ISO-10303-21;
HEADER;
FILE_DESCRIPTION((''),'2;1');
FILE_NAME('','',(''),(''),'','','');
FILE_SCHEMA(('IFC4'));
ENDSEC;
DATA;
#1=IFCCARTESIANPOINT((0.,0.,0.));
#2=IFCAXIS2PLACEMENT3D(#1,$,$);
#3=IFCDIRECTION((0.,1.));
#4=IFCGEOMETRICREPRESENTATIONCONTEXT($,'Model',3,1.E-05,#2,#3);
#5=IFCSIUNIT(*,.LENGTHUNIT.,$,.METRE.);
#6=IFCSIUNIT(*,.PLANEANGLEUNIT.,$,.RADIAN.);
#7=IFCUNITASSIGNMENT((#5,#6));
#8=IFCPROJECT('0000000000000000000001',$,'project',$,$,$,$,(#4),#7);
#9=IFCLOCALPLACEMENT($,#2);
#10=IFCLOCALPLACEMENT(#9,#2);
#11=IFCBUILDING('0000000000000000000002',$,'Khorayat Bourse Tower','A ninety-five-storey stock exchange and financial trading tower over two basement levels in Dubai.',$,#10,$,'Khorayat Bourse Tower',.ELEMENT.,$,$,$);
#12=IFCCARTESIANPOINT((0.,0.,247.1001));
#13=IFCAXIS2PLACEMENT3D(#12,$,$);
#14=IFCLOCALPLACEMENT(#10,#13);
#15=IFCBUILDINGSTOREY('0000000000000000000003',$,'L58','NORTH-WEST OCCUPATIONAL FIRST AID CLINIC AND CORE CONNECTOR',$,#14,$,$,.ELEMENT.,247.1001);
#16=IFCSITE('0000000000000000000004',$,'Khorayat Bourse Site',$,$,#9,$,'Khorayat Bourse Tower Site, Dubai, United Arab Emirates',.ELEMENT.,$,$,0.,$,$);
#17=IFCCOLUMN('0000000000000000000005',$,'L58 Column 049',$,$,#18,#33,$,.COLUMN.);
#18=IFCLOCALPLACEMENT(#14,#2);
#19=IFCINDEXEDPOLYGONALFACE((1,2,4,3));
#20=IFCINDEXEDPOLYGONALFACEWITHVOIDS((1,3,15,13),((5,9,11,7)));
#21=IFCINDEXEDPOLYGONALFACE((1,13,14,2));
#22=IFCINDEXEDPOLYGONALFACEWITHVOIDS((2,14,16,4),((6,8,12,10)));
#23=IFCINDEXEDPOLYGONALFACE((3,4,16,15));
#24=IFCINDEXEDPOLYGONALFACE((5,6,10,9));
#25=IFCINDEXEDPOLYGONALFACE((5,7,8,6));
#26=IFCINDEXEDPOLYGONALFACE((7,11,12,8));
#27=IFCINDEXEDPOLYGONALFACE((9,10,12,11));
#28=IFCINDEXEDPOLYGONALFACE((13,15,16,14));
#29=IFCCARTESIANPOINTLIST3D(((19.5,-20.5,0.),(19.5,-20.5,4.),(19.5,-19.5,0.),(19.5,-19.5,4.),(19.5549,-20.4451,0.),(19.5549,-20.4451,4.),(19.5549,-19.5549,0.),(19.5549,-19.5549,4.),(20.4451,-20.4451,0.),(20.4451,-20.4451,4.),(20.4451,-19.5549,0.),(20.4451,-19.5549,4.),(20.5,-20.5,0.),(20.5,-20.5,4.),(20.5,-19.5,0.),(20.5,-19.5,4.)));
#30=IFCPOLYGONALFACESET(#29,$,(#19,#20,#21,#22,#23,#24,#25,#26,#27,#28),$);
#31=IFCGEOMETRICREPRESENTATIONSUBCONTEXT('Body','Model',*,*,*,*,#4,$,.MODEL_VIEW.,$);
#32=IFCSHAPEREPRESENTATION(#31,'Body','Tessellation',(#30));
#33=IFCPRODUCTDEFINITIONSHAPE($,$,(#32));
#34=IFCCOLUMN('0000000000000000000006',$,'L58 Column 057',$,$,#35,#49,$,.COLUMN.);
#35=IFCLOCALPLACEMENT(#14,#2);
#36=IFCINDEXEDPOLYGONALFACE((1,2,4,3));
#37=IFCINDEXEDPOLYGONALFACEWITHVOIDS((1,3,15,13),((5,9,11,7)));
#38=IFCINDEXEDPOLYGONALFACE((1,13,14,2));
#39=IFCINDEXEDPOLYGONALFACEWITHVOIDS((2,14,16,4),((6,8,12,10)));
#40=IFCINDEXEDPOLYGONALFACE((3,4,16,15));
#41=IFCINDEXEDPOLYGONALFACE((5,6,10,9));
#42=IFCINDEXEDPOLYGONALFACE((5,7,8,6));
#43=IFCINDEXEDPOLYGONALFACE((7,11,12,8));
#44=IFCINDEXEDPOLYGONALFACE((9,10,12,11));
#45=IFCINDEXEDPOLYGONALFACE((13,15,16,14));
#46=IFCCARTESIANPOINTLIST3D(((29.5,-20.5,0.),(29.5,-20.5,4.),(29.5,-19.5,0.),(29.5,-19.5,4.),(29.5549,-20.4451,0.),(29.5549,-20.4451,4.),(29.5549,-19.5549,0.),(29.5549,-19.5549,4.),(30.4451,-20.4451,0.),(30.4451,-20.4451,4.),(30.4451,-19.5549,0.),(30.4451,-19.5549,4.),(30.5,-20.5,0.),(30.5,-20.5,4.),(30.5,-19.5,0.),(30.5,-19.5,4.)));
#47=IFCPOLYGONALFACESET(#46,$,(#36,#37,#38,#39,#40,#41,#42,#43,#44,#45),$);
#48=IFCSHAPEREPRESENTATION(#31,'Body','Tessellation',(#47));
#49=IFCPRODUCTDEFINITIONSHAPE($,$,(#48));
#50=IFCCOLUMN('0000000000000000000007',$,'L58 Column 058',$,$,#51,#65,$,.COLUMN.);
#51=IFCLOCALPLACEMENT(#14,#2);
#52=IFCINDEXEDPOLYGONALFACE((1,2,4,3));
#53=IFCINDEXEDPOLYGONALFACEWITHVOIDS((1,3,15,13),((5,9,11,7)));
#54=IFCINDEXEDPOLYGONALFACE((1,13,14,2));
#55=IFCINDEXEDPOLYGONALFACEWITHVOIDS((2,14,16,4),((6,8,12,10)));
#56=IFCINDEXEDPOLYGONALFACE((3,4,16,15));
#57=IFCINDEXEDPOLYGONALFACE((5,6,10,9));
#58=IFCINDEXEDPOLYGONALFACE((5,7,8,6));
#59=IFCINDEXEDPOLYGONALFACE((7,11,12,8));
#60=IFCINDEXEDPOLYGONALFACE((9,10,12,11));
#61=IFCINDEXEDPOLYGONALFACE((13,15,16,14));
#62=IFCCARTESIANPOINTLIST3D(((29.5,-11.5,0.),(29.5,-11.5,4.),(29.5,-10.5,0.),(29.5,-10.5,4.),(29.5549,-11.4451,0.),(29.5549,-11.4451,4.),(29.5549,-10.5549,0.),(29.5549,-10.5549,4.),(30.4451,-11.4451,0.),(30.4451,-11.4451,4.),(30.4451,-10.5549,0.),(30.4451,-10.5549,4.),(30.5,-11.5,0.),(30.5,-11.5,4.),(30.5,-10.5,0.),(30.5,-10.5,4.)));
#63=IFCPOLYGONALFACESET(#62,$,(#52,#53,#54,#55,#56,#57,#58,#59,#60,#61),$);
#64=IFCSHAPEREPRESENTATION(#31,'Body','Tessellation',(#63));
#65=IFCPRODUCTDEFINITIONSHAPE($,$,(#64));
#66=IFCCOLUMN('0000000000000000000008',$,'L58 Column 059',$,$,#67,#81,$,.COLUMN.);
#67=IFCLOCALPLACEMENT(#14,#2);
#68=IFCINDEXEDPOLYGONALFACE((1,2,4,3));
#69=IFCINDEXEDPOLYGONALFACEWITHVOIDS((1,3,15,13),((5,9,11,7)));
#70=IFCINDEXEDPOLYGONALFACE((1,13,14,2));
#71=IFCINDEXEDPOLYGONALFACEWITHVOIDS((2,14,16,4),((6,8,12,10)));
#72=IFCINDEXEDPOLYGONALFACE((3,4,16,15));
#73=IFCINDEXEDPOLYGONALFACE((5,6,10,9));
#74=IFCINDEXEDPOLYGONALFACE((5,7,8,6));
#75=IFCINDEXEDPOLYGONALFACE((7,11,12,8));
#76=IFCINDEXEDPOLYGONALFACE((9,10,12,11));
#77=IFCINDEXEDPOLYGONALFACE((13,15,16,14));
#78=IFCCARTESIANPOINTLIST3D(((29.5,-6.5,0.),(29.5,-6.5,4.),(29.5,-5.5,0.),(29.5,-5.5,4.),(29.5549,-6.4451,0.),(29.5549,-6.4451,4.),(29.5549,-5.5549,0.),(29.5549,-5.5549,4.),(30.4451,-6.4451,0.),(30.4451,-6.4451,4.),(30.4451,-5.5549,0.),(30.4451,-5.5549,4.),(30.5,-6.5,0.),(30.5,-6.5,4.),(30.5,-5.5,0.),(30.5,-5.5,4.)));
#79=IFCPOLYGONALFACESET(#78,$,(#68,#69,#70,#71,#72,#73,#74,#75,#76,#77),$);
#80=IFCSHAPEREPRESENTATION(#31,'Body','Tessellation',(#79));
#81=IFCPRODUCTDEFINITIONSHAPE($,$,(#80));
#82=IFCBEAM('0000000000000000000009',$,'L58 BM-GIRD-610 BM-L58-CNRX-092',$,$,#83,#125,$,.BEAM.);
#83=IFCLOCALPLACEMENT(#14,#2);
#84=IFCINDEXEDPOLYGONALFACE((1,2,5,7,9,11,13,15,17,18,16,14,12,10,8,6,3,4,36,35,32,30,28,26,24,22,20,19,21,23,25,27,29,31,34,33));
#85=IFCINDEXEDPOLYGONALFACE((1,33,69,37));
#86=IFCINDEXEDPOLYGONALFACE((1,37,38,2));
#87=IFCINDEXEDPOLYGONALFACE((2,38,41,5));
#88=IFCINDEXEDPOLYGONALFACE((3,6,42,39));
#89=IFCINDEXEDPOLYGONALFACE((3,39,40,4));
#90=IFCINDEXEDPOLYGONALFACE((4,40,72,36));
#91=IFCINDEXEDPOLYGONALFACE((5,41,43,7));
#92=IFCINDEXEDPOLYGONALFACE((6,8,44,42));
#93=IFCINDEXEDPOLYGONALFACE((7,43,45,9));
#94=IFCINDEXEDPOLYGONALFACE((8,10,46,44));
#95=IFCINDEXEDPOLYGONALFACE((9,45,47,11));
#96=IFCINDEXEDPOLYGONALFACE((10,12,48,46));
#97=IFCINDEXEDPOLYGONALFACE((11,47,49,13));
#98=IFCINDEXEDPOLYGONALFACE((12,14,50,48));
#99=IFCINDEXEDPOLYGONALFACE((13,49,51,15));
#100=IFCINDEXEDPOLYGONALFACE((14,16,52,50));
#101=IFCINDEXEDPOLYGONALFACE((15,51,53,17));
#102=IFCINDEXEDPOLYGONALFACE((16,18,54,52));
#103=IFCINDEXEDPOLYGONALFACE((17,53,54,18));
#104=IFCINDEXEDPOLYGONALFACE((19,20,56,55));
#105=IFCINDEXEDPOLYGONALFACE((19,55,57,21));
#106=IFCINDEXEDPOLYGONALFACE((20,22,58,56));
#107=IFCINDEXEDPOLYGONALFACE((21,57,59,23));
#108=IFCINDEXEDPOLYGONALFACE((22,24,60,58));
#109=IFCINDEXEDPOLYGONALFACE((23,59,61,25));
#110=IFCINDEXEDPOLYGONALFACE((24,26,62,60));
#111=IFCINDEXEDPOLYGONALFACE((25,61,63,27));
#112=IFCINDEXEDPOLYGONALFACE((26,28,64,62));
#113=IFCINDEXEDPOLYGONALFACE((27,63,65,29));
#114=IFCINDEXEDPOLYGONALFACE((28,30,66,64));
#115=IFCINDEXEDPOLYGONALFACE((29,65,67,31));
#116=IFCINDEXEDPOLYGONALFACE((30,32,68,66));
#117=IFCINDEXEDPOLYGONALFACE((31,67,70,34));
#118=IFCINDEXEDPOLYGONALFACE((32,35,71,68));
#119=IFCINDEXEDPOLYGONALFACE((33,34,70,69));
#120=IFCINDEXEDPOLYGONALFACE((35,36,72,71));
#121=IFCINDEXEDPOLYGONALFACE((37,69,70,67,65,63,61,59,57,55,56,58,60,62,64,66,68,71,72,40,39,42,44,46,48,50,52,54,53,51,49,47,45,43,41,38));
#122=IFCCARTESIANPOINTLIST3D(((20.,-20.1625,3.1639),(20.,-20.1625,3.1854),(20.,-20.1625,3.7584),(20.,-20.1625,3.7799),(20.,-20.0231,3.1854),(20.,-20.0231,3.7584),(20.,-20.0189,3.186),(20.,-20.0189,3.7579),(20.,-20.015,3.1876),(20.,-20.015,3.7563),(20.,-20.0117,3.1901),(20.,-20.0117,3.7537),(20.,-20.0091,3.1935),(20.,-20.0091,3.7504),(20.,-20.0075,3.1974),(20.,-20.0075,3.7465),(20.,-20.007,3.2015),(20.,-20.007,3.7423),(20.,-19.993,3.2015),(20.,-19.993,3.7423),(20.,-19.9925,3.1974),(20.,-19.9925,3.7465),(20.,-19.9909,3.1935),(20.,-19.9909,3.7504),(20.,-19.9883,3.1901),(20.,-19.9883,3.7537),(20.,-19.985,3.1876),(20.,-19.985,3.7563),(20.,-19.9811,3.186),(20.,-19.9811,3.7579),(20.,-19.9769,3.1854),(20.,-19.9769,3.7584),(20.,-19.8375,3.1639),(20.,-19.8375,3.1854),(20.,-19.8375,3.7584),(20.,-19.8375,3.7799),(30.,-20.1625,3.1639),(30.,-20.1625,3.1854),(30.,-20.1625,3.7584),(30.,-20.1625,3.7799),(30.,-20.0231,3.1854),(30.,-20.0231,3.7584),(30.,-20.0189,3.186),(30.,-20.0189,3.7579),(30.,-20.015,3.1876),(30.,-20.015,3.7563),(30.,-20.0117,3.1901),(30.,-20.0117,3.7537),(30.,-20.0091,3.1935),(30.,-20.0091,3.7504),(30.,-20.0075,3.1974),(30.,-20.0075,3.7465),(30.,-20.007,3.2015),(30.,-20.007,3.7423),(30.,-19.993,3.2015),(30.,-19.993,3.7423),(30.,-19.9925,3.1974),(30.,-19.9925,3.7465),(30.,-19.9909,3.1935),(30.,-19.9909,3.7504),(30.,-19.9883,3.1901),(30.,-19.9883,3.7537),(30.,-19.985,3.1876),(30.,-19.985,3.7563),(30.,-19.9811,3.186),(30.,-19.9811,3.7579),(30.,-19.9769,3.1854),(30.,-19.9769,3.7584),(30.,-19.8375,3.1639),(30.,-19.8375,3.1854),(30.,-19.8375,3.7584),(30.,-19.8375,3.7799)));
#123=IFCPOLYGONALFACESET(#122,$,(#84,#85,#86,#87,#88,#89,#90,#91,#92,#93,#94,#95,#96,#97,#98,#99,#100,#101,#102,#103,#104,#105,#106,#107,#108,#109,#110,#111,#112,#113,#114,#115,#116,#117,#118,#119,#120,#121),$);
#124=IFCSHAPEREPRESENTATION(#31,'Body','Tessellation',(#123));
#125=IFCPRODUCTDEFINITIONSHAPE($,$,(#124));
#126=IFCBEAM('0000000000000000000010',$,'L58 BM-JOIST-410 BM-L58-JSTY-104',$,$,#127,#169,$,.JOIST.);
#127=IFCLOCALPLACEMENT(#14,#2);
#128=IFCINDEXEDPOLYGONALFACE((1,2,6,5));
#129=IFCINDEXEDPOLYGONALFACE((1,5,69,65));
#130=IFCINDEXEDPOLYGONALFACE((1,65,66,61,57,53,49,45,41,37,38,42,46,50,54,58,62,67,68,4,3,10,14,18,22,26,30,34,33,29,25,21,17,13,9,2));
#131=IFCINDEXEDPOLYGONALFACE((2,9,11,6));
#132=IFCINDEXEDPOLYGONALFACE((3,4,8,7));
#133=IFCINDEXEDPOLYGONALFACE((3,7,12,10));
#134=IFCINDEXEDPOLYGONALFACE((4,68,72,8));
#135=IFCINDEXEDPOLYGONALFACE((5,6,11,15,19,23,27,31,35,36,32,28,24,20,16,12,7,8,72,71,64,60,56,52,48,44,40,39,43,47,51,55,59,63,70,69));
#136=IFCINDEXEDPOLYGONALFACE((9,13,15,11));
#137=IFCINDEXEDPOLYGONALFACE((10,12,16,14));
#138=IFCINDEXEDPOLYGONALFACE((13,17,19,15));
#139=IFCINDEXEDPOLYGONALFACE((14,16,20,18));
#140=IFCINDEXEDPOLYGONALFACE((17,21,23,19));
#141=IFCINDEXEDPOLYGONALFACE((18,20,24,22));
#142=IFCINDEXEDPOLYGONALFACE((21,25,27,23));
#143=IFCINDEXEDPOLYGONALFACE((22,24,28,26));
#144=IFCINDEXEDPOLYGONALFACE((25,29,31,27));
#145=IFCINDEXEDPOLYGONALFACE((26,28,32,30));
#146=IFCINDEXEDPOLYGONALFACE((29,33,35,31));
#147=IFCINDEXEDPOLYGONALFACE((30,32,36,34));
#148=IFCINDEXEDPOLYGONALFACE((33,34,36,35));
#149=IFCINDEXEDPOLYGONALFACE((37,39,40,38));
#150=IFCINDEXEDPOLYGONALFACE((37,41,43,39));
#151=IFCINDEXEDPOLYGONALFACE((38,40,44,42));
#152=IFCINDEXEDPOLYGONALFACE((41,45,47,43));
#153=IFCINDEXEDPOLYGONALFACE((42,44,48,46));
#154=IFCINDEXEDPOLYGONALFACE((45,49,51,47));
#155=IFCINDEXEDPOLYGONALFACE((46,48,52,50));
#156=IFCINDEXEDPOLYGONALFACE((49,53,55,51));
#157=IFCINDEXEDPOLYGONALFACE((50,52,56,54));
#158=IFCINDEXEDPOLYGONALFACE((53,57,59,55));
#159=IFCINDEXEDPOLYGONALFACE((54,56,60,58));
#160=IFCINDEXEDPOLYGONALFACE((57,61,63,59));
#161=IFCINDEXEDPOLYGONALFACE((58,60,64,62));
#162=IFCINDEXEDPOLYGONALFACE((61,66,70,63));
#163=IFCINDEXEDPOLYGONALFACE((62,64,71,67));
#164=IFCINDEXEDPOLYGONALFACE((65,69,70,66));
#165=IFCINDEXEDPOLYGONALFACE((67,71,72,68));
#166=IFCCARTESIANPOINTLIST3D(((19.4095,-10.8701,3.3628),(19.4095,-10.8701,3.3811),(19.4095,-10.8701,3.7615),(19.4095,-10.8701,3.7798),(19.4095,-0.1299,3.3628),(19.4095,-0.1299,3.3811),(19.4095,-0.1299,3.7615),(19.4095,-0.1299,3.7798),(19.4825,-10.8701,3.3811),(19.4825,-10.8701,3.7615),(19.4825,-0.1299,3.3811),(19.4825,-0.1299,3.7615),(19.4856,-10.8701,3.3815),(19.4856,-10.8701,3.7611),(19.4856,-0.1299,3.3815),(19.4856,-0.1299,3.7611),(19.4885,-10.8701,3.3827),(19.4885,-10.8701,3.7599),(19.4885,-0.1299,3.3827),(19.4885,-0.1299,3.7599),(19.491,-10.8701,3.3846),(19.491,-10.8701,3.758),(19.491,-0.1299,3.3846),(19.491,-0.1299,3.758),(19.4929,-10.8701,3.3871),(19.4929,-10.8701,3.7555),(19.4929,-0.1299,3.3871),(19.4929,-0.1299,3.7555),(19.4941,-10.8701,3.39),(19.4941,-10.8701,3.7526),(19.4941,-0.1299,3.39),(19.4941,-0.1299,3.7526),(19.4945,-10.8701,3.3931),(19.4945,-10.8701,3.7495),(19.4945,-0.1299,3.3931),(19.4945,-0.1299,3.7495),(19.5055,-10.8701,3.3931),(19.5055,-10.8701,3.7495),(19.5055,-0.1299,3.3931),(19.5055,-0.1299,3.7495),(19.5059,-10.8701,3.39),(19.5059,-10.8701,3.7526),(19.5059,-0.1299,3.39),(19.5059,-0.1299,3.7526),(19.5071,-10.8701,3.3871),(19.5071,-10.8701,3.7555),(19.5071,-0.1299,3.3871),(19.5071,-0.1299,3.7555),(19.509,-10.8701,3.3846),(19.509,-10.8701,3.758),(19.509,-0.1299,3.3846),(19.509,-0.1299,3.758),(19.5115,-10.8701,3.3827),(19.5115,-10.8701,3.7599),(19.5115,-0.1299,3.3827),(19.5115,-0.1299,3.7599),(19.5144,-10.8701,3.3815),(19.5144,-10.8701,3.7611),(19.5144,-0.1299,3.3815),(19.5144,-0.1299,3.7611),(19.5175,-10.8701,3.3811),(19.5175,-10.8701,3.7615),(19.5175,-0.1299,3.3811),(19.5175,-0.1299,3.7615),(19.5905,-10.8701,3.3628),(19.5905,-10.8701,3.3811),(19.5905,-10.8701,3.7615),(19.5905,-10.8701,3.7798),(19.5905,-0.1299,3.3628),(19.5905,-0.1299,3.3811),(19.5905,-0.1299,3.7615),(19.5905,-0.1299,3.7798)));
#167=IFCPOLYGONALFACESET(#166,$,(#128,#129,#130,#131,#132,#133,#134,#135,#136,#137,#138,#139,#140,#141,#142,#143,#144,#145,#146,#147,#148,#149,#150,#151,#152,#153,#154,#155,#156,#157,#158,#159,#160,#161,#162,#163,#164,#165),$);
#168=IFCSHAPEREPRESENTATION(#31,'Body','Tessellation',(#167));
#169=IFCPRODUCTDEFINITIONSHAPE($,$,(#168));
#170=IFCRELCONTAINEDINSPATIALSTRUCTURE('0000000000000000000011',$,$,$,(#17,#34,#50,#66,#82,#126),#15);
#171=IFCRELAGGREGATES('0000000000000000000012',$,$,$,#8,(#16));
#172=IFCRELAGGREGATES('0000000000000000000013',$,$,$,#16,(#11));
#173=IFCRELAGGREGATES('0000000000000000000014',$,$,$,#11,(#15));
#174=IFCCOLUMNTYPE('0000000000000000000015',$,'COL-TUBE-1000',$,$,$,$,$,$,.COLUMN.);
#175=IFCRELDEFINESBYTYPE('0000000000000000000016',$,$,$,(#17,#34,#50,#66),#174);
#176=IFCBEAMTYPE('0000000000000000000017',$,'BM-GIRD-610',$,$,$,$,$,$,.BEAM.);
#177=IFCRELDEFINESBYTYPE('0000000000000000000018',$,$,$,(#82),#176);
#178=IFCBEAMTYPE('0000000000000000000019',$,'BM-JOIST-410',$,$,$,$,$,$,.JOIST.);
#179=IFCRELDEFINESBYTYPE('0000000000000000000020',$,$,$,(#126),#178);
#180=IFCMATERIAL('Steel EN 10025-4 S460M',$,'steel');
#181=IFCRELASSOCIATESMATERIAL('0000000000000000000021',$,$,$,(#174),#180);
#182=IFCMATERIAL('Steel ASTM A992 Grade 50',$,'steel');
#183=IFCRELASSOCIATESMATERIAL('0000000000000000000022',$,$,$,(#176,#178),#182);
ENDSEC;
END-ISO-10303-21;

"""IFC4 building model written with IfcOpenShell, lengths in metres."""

from ifc_helpers import new_model, si_unit, direction, frame, origin, origin_2d, place, context, subcontext, project, spatial, hollow_rectangle, i_section, extrude, source, transform, mapped, material, material_profile, profile_set, type_object, element, save


model = new_model("IFC4")

# Units and contexts
model_context = context("Model", 3, precision=1e-05, world=origin(), true_north=direction((0.0, 1.0)))
body_context = subcontext(model_context, "Body", "Model", "MODEL_VIEW")
ifc_project = project(units=[si_unit("LENGTHUNIT", "METRE"), si_unit("PLANEANGLEUNIT", "RADIAN")], contexts=[model_context])

# Site, building, storey
site_placement = place(None, origin())
site = spatial("IfcSite", under=ifc_project, at=site_placement, Name="Khorayat Bourse Site", LongName="Khorayat Bourse Tower Site, Dubai, United Arab Emirates", CompositionType="ELEMENT", RefElevation=0.0)
building_placement = place(site_placement, origin())
building = spatial("IfcBuilding", under=site, at=building_placement, Name="Khorayat Bourse Tower", Description="A ninety-five-storey stock exchange and financial trading tower over two basement levels in Dubai.", LongName="Khorayat Bourse Tower", CompositionType="ELEMENT")
storey_placement = place(building_placement, frame((0.0, 0.0, 247.1001)))
storey = spatial("IfcBuildingStorey", under=building, at=storey_placement, Name="L58", Description="NORTH-WEST OCCUPATIONAL FIRST AID CLINIC AND CORE CONNECTOR", CompositionType="ELEMENT", Elevation=247.1001)

# Columns
ifc_material_1 = material(Name="Steel EN 10025-4 S460M", Category="steel")
ifc_material_profile_1 = material_profile(ifc_material_1, hollow_rectangle(XDim=1.0, YDim=1.0, WallThickness=0.0549, at=origin_2d()), Name="BOX 1000x1000x55")
ifc_profile_set_1 = profile_set([ifc_material_profile_1], Name="Steel EN 10025-4 S460M")
column_type = type_object("IfcColumnType", Name="COL-TUBE-1000", PredefinedType="COLUMN", material=ifc_profile_set_1)
shared_shape_1 = source(origin(), body_context, "Body", "SweptSolid", [
    extrude(hollow_rectangle(XDim=1.0, YDim=1.0, WallThickness=0.0549, at=origin_2d()), origin(), (0.0, 0.0, 1.0), 4.0),
])
for number, where, z_axis, x_axis, name in (
    (1, (20.0, -20.0, 0.0), (0.0, 0.0, 1.0), (1.0, 0.0, 0.0), "L58 Column 049"),
    (2, (30.0, -20.0, 0.0), (0.0, 0.0, 1.0), (1.0, 0.0, 0.0), "L58 Column 057"),
    (3, (30.0, -11.0, 0.0), (0.0, 0.0, 1.0), (1.0, 0.0, 0.0), "L58 Column 058"),
    (4, (30.0, -6.0, 0.0), (0.0, 0.0, 1.0), (1.0, 0.0, 0.0), "L58 Column 059"),
):
    element("IfcColumn", number, at=place(storey_placement, frame(where, z_axis=z_axis, x_axis=x_axis)), inside=storey, type_object=column_type, Name=name, PredefinedType="COLUMN", context=body_context, shape_type="MappedRepresentation", body=[
        mapped(shared_shape_1, transform((0.0, 0.0, 0.0), scale=1.0)),
    ])

# Beams
ifc_material_2 = material(Name="Steel ASTM A992 Grade 50", Category="steel")
ifc_material_profile_2 = material_profile(ifc_material_2, i_section(OverallWidth=0.325, OverallDepth=0.616, WebThickness=0.0139, FlangeThickness=0.0215, FilletRadius=0.0161, at=origin_2d()), Name="W610X174")
ifc_profile_set_2 = profile_set([ifc_material_profile_2], Name="Steel ASTM A992 Grade 50")
beam_type_1 = type_object("IfcBeamType", Name="BM-GIRD-610", PredefinedType="BEAM", material=ifc_profile_set_2)
shared_shape_2 = source(origin(), body_context, "Body", "SweptSolid", [
    extrude(i_section(OverallWidth=0.325, OverallDepth=0.616, WebThickness=0.0139, FlangeThickness=0.0215, FilletRadius=0.0161, at=origin_2d()), origin(), (0.0, 0.0, 1.0), 10.0),
])
beam_1_placement = place(storey_placement, frame((20.0, -20.0, 3.4719), z_axis=(1.0, 0.0, 0.0), x_axis=(0.0, 1.0, 0.0)))
element("IfcBeam", 5, at=beam_1_placement, inside=storey, type_object=beam_type_1, Name="L58 BM-GIRD-610 BM-L58-CNRX-092", PredefinedType="BEAM", context=body_context, shape_type="MappedRepresentation", body=[
    mapped(shared_shape_2, transform((0.0, 0.0, 0.0), scale=1.0)),
])
ifc_material_profile_3 = material_profile(ifc_material_2, i_section(OverallWidth=0.1809, OverallDepth=0.417, WebThickness=0.011, FlangeThickness=0.0183, FilletRadius=0.012, at=origin_2d()), Name="W410X85")
ifc_profile_set_3 = profile_set([ifc_material_profile_3], Name="Steel ASTM A992 Grade 50")
beam_type_2 = type_object("IfcBeamType", Name="BM-JOIST-410", PredefinedType="JOIST", material=ifc_profile_set_3)
shared_shape_3 = source(origin(), body_context, "Body", "SweptSolid", [
    extrude(i_section(OverallWidth=0.1809, OverallDepth=0.417, WebThickness=0.011, FlangeThickness=0.0183, FilletRadius=0.012, at=origin_2d()), origin(), (0.0, 0.0, 1.0), 10.7402),
])
beam_2_placement = place(storey_placement, frame((19.5, -10.8701, 3.5713), z_axis=(0.0, 1.0, 0.0), x_axis=(-1.0, 0.0, 0.0)))
element("IfcBeam", 6, at=beam_2_placement, inside=storey, type_object=beam_type_2, Name="L58 BM-JOIST-410 BM-L58-JSTY-104", PredefinedType="JOIST", context=body_context, shape_type="MappedRepresentation", body=[
    mapped(shared_shape_3, transform((0.0, 0.0, 0.0), scale=1.0)),
])

save(model, "model.ifc")
